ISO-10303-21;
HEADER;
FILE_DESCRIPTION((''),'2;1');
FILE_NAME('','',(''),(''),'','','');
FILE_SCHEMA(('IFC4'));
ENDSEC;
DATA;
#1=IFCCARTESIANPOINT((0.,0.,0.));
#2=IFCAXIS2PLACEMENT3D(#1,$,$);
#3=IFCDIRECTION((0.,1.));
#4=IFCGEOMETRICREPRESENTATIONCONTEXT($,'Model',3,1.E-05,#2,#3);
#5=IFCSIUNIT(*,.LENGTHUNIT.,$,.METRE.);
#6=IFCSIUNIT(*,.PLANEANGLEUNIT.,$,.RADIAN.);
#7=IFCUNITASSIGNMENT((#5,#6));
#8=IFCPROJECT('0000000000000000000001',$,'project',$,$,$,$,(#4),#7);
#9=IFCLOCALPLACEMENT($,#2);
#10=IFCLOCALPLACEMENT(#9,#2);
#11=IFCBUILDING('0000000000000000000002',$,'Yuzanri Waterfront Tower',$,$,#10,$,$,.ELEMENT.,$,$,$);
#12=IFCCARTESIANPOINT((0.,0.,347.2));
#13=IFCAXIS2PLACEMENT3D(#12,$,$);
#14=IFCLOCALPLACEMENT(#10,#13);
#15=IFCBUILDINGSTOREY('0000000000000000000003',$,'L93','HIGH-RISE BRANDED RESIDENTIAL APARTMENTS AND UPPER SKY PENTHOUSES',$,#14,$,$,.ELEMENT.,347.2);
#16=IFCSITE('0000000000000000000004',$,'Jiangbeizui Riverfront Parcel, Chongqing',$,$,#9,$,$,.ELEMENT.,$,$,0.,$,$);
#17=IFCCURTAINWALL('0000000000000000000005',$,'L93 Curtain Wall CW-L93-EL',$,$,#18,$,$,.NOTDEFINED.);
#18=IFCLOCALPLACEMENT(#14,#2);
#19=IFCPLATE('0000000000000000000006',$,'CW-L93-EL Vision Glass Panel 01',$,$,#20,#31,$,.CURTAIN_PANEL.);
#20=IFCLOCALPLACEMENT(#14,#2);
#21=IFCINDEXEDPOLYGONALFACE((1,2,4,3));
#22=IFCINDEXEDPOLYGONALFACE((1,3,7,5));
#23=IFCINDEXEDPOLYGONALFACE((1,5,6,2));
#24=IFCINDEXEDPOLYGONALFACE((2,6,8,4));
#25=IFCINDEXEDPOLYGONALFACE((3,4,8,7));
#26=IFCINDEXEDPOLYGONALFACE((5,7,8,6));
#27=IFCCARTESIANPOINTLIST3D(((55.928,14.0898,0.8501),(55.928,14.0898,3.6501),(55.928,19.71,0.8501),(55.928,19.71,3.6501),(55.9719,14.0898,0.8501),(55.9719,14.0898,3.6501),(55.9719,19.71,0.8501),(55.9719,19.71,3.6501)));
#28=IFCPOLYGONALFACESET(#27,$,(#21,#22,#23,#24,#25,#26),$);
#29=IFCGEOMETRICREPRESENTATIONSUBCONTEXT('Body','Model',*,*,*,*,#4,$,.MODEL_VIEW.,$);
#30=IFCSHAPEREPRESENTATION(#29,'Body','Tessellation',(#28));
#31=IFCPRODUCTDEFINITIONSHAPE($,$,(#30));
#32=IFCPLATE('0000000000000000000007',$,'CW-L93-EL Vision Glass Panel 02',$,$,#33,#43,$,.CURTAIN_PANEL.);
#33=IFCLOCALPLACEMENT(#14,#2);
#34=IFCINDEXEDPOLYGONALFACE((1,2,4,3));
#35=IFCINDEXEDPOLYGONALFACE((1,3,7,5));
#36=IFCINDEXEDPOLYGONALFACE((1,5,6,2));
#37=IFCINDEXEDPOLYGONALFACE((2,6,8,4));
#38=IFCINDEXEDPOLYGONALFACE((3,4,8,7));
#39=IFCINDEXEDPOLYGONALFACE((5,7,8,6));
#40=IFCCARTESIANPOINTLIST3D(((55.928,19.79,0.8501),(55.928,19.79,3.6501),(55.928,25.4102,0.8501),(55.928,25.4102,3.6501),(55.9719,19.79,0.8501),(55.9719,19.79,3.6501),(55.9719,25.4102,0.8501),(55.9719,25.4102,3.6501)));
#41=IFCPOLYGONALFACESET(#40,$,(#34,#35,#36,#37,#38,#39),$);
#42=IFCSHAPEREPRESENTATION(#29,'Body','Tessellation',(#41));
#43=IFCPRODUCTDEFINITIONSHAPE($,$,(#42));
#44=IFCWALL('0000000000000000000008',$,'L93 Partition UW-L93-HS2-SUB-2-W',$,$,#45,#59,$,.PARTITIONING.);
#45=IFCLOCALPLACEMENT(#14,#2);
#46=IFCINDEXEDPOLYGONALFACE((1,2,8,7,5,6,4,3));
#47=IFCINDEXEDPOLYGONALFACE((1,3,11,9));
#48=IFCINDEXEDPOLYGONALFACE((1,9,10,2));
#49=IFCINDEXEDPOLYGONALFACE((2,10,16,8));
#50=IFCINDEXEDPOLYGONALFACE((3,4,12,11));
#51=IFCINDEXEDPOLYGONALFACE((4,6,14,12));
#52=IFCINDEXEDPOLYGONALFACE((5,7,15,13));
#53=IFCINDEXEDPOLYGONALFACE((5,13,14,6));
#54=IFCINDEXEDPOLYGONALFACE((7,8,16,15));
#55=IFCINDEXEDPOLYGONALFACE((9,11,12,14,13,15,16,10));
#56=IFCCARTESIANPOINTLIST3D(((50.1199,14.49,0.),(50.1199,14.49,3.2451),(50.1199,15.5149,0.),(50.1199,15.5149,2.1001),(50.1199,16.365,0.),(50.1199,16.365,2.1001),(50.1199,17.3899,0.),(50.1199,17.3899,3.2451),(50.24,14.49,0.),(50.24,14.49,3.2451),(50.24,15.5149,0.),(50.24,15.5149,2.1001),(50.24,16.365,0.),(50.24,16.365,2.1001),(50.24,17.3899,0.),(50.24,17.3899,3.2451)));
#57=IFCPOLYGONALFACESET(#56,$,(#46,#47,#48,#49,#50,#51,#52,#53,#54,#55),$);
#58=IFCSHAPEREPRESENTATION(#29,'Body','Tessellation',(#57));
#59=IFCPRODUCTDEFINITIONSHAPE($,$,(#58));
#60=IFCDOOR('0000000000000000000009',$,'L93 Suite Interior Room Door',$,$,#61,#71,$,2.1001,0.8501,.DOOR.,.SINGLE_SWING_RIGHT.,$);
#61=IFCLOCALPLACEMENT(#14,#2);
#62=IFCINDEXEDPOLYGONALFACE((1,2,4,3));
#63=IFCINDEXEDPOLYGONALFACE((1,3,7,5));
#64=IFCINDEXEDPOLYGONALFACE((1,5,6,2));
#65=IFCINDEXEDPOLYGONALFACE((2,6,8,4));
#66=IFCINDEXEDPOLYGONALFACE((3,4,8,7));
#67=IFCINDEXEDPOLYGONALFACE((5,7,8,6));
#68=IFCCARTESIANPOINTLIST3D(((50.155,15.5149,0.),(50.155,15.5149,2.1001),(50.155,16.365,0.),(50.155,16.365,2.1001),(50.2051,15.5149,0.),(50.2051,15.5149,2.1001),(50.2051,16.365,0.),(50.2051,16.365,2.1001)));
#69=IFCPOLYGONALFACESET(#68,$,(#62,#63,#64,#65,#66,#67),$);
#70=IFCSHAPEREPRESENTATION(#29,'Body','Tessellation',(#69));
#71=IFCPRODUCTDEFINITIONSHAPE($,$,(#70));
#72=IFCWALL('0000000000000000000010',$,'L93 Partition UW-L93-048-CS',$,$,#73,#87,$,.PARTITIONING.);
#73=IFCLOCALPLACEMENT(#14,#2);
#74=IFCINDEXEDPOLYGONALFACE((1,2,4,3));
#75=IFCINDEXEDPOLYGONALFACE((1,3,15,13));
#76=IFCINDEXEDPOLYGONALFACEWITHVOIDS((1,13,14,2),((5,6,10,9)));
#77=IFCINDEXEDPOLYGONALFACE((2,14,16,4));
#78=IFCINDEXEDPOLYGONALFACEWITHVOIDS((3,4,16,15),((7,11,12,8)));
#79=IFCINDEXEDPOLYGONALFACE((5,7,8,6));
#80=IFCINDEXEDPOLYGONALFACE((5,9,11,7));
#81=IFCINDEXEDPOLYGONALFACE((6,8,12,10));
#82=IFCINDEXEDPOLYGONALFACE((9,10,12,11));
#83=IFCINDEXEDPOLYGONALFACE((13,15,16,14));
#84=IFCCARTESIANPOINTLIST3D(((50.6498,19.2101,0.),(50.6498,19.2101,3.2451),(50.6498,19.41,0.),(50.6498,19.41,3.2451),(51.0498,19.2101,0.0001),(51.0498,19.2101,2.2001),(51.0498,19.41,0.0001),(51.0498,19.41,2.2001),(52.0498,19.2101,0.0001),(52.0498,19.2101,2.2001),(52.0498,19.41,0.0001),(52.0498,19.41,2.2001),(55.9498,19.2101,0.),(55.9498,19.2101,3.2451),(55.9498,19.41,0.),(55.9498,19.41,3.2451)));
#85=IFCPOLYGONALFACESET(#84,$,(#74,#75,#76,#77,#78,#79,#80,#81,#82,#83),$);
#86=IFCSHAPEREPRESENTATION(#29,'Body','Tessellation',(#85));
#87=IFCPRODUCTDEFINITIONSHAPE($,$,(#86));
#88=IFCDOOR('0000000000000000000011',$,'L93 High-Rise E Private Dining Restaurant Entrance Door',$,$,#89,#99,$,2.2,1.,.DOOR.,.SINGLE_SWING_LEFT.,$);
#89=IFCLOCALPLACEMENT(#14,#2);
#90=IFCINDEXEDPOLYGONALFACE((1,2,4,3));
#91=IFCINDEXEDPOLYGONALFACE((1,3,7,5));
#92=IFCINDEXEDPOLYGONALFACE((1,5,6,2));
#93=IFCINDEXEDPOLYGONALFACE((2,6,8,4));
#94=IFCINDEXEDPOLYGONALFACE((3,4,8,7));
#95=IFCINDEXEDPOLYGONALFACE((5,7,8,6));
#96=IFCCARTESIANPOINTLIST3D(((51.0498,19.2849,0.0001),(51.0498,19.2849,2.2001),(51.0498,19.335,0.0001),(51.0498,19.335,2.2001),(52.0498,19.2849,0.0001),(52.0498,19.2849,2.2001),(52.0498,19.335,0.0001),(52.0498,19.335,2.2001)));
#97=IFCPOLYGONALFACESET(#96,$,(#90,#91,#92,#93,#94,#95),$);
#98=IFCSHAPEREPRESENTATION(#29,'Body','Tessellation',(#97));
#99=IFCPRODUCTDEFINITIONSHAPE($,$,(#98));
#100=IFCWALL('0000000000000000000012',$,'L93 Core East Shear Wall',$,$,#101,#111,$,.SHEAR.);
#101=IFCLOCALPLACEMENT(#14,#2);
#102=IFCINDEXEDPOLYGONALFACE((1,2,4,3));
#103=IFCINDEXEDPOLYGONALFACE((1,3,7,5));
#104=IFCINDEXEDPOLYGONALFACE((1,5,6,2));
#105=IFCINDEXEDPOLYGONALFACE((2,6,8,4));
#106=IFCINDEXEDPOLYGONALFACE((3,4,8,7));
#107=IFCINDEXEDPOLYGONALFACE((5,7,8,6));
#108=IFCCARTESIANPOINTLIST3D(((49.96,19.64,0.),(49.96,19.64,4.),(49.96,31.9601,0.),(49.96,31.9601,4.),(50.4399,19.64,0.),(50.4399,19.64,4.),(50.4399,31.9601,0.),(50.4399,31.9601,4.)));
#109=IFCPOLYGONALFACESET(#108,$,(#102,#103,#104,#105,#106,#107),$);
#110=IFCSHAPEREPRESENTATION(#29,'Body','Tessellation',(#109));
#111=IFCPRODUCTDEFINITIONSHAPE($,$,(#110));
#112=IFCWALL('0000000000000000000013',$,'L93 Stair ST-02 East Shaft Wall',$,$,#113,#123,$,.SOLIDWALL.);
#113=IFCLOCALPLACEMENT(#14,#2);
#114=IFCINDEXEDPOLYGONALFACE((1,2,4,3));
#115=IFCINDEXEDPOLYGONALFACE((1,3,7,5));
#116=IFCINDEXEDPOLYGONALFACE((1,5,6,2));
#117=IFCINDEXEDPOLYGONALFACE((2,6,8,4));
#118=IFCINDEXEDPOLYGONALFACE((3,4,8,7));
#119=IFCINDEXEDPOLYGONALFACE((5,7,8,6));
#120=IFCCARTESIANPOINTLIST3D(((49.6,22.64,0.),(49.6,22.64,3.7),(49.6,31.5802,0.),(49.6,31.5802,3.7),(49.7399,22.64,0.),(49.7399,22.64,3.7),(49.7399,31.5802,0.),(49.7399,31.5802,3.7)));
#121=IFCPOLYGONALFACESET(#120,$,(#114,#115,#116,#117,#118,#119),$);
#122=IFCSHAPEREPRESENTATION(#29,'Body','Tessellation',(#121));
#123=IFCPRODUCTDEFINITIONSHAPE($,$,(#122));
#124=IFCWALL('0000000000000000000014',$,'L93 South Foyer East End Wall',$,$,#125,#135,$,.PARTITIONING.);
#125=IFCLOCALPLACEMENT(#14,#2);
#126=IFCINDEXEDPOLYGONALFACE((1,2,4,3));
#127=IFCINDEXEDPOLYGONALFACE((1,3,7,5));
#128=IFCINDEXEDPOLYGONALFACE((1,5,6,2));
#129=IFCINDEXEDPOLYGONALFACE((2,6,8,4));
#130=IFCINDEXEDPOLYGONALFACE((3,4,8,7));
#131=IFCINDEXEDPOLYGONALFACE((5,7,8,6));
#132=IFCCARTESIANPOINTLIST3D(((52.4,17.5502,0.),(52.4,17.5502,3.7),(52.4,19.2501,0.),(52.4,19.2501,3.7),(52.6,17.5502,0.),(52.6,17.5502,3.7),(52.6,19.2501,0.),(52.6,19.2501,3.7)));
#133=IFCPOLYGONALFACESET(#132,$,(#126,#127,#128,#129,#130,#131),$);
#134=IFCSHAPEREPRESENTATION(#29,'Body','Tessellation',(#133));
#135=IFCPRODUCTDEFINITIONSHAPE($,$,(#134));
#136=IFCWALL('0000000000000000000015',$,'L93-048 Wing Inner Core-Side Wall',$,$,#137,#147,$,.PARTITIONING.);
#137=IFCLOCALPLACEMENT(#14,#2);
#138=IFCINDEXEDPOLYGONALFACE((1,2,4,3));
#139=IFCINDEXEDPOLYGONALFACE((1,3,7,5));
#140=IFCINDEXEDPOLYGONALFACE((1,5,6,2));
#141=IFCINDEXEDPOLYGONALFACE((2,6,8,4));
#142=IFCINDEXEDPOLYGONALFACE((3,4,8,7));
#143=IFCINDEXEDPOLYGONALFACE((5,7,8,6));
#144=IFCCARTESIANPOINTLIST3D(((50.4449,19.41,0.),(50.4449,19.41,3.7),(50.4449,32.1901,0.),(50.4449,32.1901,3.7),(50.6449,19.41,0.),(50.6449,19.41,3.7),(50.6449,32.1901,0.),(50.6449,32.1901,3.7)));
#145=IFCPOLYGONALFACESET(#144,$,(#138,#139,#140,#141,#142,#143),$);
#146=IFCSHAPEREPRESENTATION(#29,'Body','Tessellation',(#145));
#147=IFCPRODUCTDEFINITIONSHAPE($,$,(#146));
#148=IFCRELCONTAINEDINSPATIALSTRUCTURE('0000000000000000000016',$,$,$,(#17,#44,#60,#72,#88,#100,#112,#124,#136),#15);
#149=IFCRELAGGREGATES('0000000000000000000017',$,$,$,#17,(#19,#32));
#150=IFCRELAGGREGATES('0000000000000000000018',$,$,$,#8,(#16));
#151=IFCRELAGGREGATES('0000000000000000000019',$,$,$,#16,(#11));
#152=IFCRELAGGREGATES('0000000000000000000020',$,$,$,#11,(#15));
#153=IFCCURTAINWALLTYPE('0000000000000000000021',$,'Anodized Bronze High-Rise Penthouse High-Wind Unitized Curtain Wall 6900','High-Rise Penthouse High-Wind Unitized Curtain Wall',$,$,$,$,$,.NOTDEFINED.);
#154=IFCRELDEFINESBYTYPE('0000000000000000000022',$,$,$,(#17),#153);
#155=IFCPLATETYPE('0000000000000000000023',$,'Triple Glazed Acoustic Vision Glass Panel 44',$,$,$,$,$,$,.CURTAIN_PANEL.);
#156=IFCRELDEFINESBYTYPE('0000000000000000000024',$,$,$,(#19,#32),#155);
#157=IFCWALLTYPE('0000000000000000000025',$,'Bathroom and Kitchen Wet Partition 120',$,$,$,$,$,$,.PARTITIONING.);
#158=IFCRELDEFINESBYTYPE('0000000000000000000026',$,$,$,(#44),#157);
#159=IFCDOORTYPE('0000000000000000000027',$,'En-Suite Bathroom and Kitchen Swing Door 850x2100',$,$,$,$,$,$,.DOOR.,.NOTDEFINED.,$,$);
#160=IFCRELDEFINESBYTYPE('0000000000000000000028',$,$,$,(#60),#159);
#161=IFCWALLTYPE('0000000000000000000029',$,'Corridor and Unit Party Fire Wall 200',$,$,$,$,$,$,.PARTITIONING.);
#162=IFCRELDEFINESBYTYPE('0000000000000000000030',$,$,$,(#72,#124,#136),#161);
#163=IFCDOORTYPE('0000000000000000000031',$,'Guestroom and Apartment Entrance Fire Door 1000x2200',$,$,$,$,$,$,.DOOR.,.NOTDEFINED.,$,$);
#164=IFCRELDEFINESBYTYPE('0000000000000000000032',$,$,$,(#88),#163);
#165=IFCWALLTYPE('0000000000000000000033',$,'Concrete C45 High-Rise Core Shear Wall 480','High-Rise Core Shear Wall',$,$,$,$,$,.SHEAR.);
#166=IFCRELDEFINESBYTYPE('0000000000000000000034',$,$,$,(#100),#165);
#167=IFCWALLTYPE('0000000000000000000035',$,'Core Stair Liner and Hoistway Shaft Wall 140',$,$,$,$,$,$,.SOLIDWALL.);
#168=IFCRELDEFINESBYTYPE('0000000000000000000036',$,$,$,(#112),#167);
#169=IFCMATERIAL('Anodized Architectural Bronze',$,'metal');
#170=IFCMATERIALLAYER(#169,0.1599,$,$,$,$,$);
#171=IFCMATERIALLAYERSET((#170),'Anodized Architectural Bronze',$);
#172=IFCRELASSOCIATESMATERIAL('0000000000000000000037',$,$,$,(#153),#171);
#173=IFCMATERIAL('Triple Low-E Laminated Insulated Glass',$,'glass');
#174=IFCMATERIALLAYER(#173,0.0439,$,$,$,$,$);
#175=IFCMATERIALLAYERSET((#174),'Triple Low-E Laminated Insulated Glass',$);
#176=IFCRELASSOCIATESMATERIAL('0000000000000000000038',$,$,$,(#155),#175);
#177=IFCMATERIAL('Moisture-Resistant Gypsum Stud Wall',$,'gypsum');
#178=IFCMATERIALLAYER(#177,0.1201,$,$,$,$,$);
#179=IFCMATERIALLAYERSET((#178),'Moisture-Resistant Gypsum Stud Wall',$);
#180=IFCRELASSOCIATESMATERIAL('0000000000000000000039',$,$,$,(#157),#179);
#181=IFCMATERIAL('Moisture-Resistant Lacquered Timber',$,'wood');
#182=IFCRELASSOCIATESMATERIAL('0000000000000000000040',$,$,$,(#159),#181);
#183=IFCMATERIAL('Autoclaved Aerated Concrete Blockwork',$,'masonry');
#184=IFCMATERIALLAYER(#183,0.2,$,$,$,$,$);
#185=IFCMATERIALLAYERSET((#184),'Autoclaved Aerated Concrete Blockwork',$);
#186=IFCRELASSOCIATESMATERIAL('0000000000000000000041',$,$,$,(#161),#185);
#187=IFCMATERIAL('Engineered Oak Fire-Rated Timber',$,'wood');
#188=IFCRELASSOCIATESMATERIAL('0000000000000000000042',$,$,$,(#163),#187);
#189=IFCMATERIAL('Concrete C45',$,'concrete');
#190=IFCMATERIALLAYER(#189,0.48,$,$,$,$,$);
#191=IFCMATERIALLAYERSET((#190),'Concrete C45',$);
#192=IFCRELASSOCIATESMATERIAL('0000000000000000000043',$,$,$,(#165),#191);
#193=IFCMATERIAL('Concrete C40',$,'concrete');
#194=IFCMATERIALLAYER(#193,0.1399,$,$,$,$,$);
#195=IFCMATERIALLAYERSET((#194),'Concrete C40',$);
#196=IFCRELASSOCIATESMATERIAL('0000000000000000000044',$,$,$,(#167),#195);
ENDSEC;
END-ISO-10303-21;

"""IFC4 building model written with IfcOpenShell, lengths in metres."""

from ifc_helpers import new_model, si_unit, direction, frame, frame_2d, origin, origin_2d, place, context, subcontext, project, spatial, rectangle, extrude, source, transform, mapped, material, layer, layer_set, type_object, element, fill, aggregate, save


model = new_model("IFC4")

# Units and contexts
model_context = context("Model", 3, precision=1e-05, world=origin(), true_north=direction((0.0, 1.0)))
body_context = subcontext(model_context, "Body", "Model", "MODEL_VIEW")
ifc_project = project(units=[si_unit("LENGTHUNIT", "METRE"), si_unit("PLANEANGLEUNIT", "RADIAN")], contexts=[model_context])

# Site, building, storey
site_placement = place(None, origin())
site = spatial("IfcSite", under=ifc_project, at=site_placement, Name="Jiangbeizui Riverfront Parcel, Chongqing", CompositionType="ELEMENT", RefElevation=0.0)
building_placement = place(site_placement, origin())
building = spatial("IfcBuilding", under=site, at=building_placement, Name="Yuzanri Waterfront Tower", CompositionType="ELEMENT")
storey_placement = place(building_placement, frame((0.0, 0.0, 347.2)))
storey = spatial("IfcBuildingStorey", under=building, at=storey_placement, Name="L93", Description="HIGH-RISE BRANDED RESIDENTIAL APARTMENTS AND UPPER SKY PENTHOUSES", CompositionType="ELEMENT", Elevation=347.2)

# Curtain wall, plates
ifc_material_1 = material(Name="Anodized Architectural Bronze", Category="metal")
ifc_layer_1 = layer(ifc_material_1, 0.1599)
ifc_layer_set_1 = layer_set([ifc_layer_1], Name="Anodized Architectural Bronze")
curtain_wall_type = type_object("IfcCurtainWallType", Name="Anodized Bronze High-Rise Penthouse High-Wind Unitized Curtain Wall 6900", Description="High-Rise Penthouse High-Wind Unitized Curtain Wall", PredefinedType="NOTDEFINED", material=ifc_layer_set_1)
curtain_wall_placement = place(storey_placement, origin())
curtain_wall = element("IfcCurtainWall", 1, at=curtain_wall_placement, inside=storey, type_object=curtain_wall_type, Name="L93 Curtain Wall CW-L93-EL", PredefinedType="NOTDEFINED")
ifc_material_2 = material(Name="Triple Low-E Laminated Insulated Glass", Category="glass")
ifc_layer_2 = layer(ifc_material_2, 0.0439)
ifc_layer_set_2 = layer_set([ifc_layer_2], Name="Triple Low-E Laminated Insulated Glass")
plate_type_1 = type_object("IfcPlateType", Name="Triple Glazed Acoustic Vision Glass Panel 44", PredefinedType="CURTAIN_PANEL", material=ifc_layer_set_2)
shared_shape_1 = source(origin(), body_context, "Body", "SweptSolid", [
    extrude(rectangle(XDim=5.6201, YDim=0.0439, at=origin_2d()), origin(), (0.0, 0.0, 1.0), 2.8),
])
plate_1_placement = place(storey_placement, frame((55.95, 16.8999, 0.8501), z_axis=(0.0, 0.0, 1.0), x_axis=(0.0, 1.0, 0.0)))
plate_1 = element("IfcPlate", 2, at=plate_1_placement, type_object=plate_type_1, Name="CW-L93-EL Vision Glass Panel 01", PredefinedType="CURTAIN_PANEL", context=body_context, shape_type="MappedRepresentation", body=[
    mapped(shared_shape_1, transform((0.0, 0.0, 0.0), scale=1.0)),
])
plate_2_placement = place(storey_placement, frame((55.95, 22.6001, 0.8501), z_axis=(0.0, 0.0, 1.0), x_axis=(0.0, 1.0, 0.0)))
plate_2 = element("IfcPlate", 3, at=plate_2_placement, type_object=plate_type_1, Name="CW-L93-EL Vision Glass Panel 02", PredefinedType="CURTAIN_PANEL", context=body_context, shape_type="MappedRepresentation", body=[
    mapped(shared_shape_1, transform((0.0, 0.0, 0.0), scale=1.0)),
])
aggregate(curtain_wall, [plate_1, plate_2])

# Walls, openings, doors
ifc_material_3 = material(Name="Moisture-Resistant Gypsum Stud Wall", Category="gypsum")
ifc_layer_3 = layer(ifc_material_3, 0.1201)
ifc_layer_set_3 = layer_set([ifc_layer_3], Name="Moisture-Resistant Gypsum Stud Wall")
wall_type_1 = type_object("IfcWallType", Name="Bathroom and Kitchen Wet Partition 120", PredefinedType="PARTITIONING", material=ifc_layer_set_3)
wall_1_placement = place(storey_placement, frame((50.1799, 14.49, 0.0), z_axis=(0.0, 0.0, 1.0), x_axis=(0.0, 1.0, 0.0)))
wall_1 = element("IfcWall", 4, at=wall_1_placement, inside=storey, type_object=wall_type_1, Name="L93 Partition UW-L93-HS2-SUB-2-W", PredefinedType="PARTITIONING", context=body_context, shape_type="SweptSolid", body=[
    extrude(rectangle(XDim=2.8999, YDim=0.1201, at=frame_2d((1.45, 0.0))), origin(), (0.0, 0.0, 1.0), 3.2451),
])
opening_1_placement = place(wall_1_placement, frame((1.0249, 0.0, 0.0)))
opening_1 = element("IfcOpeningElement", 5, at=opening_1_placement, cuts=wall_1, PredefinedType="OPENING", context=body_context, shape_type="SweptSolid", body=[
    extrude(rectangle(XDim=0.8501, YDim=2.1001, at=frame_2d((0.425, 1.05))), frame((0.0, 0.075, 0.0), z_axis=(0.0, -1.0, 0.0), x_axis=(1.0, 0.0, 0.0)), (0.0, 0.0, 1.0), 0.1499),
])
ifc_material_4 = material(Name="Moisture-Resistant Lacquered Timber", Category="wood")
door_type_1 = type_object("IfcDoorType", Name="En-Suite Bathroom and Kitchen Swing Door 850x2100", OperationType="NOTDEFINED", PredefinedType="DOOR", material=ifc_material_4)
shared_shape_2 = source(origin(), body_context, "Body", "SweptSolid", [
    extrude(rectangle(XDim=0.8501, YDim=2.1001, at=frame_2d((0.425, 1.05))), frame((0.0, 0.0249, 0.0), z_axis=(0.0, -1.0, 0.0), x_axis=(1.0, 0.0, 0.0)), (0.0, 0.0, 1.0), 0.05),
])
door_1_placement = place(opening_1_placement, origin())
door_1 = element("IfcDoor", 6, at=door_1_placement, inside=storey, type_object=door_type_1, Name="L93 Suite Interior Room Door", OperationType="SINGLE_SWING_RIGHT", OverallHeight=2.1001, OverallWidth=0.8501, PredefinedType="DOOR", context=body_context, shape_type="MappedRepresentation", body=[
    mapped(shared_shape_2, transform((0.0, 0.0, 0.0), scale=1.0)),
])
fill(opening_1, door_1)
ifc_material_5 = material(Name="Autoclaved Aerated Concrete Blockwork", Category="masonry")
ifc_layer_4 = layer(ifc_material_5, 0.2)
ifc_layer_set_4 = layer_set([ifc_layer_4], Name="Autoclaved Aerated Concrete Blockwork")
wall_type_2 = type_object("IfcWallType", Name="Corridor and Unit Party Fire Wall 200", PredefinedType="PARTITIONING", material=ifc_layer_set_4)
wall_2_placement = place(storey_placement, frame((50.6499, 19.3101, 0.0), z_axis=(0.0, 0.0, 1.0), x_axis=(1.0, 0.0, 0.0)))
wall_2 = element("IfcWall", 7, at=wall_2_placement, inside=storey, type_object=wall_type_2, Name="L93 Partition UW-L93-048-CS", PredefinedType="PARTITIONING", context=body_context, shape_type="SweptSolid", body=[
    extrude(rectangle(XDim=5.3, YDim=0.2, at=frame_2d((2.6499, 0.0))), origin(), (0.0, 0.0, 1.0), 3.2451),
])
opening_2_placement = place(wall_2_placement, frame((0.3999, 0.0, 0.0)))
opening_2 = element("IfcOpeningElement", 8, at=opening_2_placement, cuts=wall_2, PredefinedType="OPENING", context=body_context, shape_type="SweptSolid", body=[
    extrude(rectangle(XDim=1.0, YDim=2.2, at=frame_2d((0.5, 1.1001))), frame((0.0, 0.1147, 0.0), z_axis=(0.0, -1.0, 0.0), x_axis=(1.0, 0.0, 0.0)), (0.0, 0.0, 1.0), 0.2297),
])
ifc_material_6 = material(Name="Engineered Oak Fire-Rated Timber", Category="wood")
door_type_2 = type_object("IfcDoorType", Name="Guestroom and Apartment Entrance Fire Door 1000x2200", OperationType="NOTDEFINED", PredefinedType="DOOR", material=ifc_material_6)
shared_shape_3 = source(origin(), body_context, "Body", "SweptSolid", [
    extrude(rectangle(XDim=1.0, YDim=2.2, at=frame_2d((0.5, 1.1001))), frame((0.0, 0.0249, 0.0), z_axis=(0.0, -1.0, 0.0), x_axis=(1.0, 0.0, 0.0)), (0.0, 0.0, 1.0), 0.05),
])
door_2_placement = place(opening_2_placement, origin())
door_2 = element("IfcDoor", 9, at=door_2_placement, inside=storey, type_object=door_type_2, Name="L93 High-Rise E Private Dining Restaurant Entrance Door", OperationType="SINGLE_SWING_LEFT", OverallHeight=2.2, OverallWidth=1.0, PredefinedType="DOOR", context=body_context, shape_type="MappedRepresentation", body=[
    mapped(shared_shape_3, transform((0.0, 0.0, 0.0), scale=1.0)),
])
fill(opening_2, door_2)

# Walls
ifc_material_7 = material(Name="Concrete C45", Category="concrete")
ifc_layer_5 = layer(ifc_material_7, 0.48)
ifc_layer_set_5 = layer_set([ifc_layer_5], Name="Concrete C45")
wall_type_3 = type_object("IfcWallType", Name="Concrete C45 High-Rise Core Shear Wall 480", Description="High-Rise Core Shear Wall", PredefinedType="SHEAR", material=ifc_layer_set_5)
shared_shape_4 = source(origin(), body_context, "Body", "SweptSolid", [
    extrude(rectangle(XDim=12.3201, YDim=0.48, at=frame_2d((6.1602, 0.0))), origin(), (0.0, 0.0, 1.0), 4.0),
])
wall_3_placement = place(storey_placement, frame((50.2, 19.6399, 0.0), z_axis=(0.0, 0.0, 1.0), x_axis=(0.0, 1.0, 0.0)))
element("IfcWall", 10, at=wall_3_placement, inside=storey, type_object=wall_type_3, Name="L93 Core East Shear Wall", PredefinedType="SHEAR", context=body_context, shape_type="MappedRepresentation", body=[
    mapped(shared_shape_4, transform((0.0, 0.0, 0.0), scale=1.0)),
])
ifc_material_8 = material(Name="Concrete C40", Category="concrete")
ifc_layer_6 = layer(ifc_material_8, 0.1399)
ifc_layer_set_6 = layer_set([ifc_layer_6], Name="Concrete C40")
wall_type_4 = type_object("IfcWallType", Name="Core Stair Liner and Hoistway Shaft Wall 140", PredefinedType="SOLIDWALL", material=ifc_layer_set_6)
shared_shape_5 = source(origin(), body_context, "Body", "SweptSolid", [
    extrude(rectangle(XDim=8.9402, YDim=0.1399, at=frame_2d((4.4702, 0.0))), origin(), (0.0, 0.0, 1.0), 3.7),
])
wall_4_placement = place(storey_placement, frame((49.6699, 22.6399, 0.0), z_axis=(0.0, 0.0, 1.0), x_axis=(0.0, 1.0, 0.0)))
element("IfcWall", 11, at=wall_4_placement, inside=storey, type_object=wall_type_4, Name="L93 Stair ST-02 East Shaft Wall", PredefinedType="SOLIDWALL", context=body_context, shape_type="MappedRepresentation", body=[
    mapped(shared_shape_5, transform((0.0, 0.0, 0.0), scale=1.0)),
])
shared_shape_6 = source(origin(), body_context, "Body", "SweptSolid", [
    extrude(rectangle(XDim=1.7, YDim=0.2, at=frame_2d((0.8501, 0.0))), origin(), (0.0, 0.0, 1.0), 3.7),
])
wall_5_placement = place(storey_placement, frame((52.5, 17.55, 0.0), z_axis=(0.0, 0.0, 1.0), x_axis=(0.0, 1.0, 0.0)))
element("IfcWall", 12, at=wall_5_placement, inside=storey, type_object=wall_type_2, Name="L93 South Foyer East End Wall", PredefinedType="PARTITIONING", context=body_context, shape_type="MappedRepresentation", body=[
    mapped(shared_shape_6, transform((0.0, 0.0, 0.0), scale=1.0)),
])
shared_shape_7 = source(origin(), body_context, "Body", "SweptSolid", [
    extrude(rectangle(XDim=12.78, YDim=0.2, at=frame_2d((6.3901, 0.0))), origin(), (0.0, 0.0, 1.0), 3.7),
])
wall_6_placement = place(storey_placement, frame((50.5449, 19.4099, 0.0), z_axis=(0.0, 0.0, 1.0), x_axis=(0.0, 1.0, 0.0)))
element("IfcWall", 13, at=wall_6_placement, inside=storey, type_object=wall_type_2, Name="L93-048 Wing Inner Core-Side Wall", PredefinedType="PARTITIONING", context=body_context, shape_type="MappedRepresentation", body=[
    mapped(shared_shape_7, transform((0.0, 0.0, 0.0), scale=1.0)),
])

save(model, "model.ifc")
